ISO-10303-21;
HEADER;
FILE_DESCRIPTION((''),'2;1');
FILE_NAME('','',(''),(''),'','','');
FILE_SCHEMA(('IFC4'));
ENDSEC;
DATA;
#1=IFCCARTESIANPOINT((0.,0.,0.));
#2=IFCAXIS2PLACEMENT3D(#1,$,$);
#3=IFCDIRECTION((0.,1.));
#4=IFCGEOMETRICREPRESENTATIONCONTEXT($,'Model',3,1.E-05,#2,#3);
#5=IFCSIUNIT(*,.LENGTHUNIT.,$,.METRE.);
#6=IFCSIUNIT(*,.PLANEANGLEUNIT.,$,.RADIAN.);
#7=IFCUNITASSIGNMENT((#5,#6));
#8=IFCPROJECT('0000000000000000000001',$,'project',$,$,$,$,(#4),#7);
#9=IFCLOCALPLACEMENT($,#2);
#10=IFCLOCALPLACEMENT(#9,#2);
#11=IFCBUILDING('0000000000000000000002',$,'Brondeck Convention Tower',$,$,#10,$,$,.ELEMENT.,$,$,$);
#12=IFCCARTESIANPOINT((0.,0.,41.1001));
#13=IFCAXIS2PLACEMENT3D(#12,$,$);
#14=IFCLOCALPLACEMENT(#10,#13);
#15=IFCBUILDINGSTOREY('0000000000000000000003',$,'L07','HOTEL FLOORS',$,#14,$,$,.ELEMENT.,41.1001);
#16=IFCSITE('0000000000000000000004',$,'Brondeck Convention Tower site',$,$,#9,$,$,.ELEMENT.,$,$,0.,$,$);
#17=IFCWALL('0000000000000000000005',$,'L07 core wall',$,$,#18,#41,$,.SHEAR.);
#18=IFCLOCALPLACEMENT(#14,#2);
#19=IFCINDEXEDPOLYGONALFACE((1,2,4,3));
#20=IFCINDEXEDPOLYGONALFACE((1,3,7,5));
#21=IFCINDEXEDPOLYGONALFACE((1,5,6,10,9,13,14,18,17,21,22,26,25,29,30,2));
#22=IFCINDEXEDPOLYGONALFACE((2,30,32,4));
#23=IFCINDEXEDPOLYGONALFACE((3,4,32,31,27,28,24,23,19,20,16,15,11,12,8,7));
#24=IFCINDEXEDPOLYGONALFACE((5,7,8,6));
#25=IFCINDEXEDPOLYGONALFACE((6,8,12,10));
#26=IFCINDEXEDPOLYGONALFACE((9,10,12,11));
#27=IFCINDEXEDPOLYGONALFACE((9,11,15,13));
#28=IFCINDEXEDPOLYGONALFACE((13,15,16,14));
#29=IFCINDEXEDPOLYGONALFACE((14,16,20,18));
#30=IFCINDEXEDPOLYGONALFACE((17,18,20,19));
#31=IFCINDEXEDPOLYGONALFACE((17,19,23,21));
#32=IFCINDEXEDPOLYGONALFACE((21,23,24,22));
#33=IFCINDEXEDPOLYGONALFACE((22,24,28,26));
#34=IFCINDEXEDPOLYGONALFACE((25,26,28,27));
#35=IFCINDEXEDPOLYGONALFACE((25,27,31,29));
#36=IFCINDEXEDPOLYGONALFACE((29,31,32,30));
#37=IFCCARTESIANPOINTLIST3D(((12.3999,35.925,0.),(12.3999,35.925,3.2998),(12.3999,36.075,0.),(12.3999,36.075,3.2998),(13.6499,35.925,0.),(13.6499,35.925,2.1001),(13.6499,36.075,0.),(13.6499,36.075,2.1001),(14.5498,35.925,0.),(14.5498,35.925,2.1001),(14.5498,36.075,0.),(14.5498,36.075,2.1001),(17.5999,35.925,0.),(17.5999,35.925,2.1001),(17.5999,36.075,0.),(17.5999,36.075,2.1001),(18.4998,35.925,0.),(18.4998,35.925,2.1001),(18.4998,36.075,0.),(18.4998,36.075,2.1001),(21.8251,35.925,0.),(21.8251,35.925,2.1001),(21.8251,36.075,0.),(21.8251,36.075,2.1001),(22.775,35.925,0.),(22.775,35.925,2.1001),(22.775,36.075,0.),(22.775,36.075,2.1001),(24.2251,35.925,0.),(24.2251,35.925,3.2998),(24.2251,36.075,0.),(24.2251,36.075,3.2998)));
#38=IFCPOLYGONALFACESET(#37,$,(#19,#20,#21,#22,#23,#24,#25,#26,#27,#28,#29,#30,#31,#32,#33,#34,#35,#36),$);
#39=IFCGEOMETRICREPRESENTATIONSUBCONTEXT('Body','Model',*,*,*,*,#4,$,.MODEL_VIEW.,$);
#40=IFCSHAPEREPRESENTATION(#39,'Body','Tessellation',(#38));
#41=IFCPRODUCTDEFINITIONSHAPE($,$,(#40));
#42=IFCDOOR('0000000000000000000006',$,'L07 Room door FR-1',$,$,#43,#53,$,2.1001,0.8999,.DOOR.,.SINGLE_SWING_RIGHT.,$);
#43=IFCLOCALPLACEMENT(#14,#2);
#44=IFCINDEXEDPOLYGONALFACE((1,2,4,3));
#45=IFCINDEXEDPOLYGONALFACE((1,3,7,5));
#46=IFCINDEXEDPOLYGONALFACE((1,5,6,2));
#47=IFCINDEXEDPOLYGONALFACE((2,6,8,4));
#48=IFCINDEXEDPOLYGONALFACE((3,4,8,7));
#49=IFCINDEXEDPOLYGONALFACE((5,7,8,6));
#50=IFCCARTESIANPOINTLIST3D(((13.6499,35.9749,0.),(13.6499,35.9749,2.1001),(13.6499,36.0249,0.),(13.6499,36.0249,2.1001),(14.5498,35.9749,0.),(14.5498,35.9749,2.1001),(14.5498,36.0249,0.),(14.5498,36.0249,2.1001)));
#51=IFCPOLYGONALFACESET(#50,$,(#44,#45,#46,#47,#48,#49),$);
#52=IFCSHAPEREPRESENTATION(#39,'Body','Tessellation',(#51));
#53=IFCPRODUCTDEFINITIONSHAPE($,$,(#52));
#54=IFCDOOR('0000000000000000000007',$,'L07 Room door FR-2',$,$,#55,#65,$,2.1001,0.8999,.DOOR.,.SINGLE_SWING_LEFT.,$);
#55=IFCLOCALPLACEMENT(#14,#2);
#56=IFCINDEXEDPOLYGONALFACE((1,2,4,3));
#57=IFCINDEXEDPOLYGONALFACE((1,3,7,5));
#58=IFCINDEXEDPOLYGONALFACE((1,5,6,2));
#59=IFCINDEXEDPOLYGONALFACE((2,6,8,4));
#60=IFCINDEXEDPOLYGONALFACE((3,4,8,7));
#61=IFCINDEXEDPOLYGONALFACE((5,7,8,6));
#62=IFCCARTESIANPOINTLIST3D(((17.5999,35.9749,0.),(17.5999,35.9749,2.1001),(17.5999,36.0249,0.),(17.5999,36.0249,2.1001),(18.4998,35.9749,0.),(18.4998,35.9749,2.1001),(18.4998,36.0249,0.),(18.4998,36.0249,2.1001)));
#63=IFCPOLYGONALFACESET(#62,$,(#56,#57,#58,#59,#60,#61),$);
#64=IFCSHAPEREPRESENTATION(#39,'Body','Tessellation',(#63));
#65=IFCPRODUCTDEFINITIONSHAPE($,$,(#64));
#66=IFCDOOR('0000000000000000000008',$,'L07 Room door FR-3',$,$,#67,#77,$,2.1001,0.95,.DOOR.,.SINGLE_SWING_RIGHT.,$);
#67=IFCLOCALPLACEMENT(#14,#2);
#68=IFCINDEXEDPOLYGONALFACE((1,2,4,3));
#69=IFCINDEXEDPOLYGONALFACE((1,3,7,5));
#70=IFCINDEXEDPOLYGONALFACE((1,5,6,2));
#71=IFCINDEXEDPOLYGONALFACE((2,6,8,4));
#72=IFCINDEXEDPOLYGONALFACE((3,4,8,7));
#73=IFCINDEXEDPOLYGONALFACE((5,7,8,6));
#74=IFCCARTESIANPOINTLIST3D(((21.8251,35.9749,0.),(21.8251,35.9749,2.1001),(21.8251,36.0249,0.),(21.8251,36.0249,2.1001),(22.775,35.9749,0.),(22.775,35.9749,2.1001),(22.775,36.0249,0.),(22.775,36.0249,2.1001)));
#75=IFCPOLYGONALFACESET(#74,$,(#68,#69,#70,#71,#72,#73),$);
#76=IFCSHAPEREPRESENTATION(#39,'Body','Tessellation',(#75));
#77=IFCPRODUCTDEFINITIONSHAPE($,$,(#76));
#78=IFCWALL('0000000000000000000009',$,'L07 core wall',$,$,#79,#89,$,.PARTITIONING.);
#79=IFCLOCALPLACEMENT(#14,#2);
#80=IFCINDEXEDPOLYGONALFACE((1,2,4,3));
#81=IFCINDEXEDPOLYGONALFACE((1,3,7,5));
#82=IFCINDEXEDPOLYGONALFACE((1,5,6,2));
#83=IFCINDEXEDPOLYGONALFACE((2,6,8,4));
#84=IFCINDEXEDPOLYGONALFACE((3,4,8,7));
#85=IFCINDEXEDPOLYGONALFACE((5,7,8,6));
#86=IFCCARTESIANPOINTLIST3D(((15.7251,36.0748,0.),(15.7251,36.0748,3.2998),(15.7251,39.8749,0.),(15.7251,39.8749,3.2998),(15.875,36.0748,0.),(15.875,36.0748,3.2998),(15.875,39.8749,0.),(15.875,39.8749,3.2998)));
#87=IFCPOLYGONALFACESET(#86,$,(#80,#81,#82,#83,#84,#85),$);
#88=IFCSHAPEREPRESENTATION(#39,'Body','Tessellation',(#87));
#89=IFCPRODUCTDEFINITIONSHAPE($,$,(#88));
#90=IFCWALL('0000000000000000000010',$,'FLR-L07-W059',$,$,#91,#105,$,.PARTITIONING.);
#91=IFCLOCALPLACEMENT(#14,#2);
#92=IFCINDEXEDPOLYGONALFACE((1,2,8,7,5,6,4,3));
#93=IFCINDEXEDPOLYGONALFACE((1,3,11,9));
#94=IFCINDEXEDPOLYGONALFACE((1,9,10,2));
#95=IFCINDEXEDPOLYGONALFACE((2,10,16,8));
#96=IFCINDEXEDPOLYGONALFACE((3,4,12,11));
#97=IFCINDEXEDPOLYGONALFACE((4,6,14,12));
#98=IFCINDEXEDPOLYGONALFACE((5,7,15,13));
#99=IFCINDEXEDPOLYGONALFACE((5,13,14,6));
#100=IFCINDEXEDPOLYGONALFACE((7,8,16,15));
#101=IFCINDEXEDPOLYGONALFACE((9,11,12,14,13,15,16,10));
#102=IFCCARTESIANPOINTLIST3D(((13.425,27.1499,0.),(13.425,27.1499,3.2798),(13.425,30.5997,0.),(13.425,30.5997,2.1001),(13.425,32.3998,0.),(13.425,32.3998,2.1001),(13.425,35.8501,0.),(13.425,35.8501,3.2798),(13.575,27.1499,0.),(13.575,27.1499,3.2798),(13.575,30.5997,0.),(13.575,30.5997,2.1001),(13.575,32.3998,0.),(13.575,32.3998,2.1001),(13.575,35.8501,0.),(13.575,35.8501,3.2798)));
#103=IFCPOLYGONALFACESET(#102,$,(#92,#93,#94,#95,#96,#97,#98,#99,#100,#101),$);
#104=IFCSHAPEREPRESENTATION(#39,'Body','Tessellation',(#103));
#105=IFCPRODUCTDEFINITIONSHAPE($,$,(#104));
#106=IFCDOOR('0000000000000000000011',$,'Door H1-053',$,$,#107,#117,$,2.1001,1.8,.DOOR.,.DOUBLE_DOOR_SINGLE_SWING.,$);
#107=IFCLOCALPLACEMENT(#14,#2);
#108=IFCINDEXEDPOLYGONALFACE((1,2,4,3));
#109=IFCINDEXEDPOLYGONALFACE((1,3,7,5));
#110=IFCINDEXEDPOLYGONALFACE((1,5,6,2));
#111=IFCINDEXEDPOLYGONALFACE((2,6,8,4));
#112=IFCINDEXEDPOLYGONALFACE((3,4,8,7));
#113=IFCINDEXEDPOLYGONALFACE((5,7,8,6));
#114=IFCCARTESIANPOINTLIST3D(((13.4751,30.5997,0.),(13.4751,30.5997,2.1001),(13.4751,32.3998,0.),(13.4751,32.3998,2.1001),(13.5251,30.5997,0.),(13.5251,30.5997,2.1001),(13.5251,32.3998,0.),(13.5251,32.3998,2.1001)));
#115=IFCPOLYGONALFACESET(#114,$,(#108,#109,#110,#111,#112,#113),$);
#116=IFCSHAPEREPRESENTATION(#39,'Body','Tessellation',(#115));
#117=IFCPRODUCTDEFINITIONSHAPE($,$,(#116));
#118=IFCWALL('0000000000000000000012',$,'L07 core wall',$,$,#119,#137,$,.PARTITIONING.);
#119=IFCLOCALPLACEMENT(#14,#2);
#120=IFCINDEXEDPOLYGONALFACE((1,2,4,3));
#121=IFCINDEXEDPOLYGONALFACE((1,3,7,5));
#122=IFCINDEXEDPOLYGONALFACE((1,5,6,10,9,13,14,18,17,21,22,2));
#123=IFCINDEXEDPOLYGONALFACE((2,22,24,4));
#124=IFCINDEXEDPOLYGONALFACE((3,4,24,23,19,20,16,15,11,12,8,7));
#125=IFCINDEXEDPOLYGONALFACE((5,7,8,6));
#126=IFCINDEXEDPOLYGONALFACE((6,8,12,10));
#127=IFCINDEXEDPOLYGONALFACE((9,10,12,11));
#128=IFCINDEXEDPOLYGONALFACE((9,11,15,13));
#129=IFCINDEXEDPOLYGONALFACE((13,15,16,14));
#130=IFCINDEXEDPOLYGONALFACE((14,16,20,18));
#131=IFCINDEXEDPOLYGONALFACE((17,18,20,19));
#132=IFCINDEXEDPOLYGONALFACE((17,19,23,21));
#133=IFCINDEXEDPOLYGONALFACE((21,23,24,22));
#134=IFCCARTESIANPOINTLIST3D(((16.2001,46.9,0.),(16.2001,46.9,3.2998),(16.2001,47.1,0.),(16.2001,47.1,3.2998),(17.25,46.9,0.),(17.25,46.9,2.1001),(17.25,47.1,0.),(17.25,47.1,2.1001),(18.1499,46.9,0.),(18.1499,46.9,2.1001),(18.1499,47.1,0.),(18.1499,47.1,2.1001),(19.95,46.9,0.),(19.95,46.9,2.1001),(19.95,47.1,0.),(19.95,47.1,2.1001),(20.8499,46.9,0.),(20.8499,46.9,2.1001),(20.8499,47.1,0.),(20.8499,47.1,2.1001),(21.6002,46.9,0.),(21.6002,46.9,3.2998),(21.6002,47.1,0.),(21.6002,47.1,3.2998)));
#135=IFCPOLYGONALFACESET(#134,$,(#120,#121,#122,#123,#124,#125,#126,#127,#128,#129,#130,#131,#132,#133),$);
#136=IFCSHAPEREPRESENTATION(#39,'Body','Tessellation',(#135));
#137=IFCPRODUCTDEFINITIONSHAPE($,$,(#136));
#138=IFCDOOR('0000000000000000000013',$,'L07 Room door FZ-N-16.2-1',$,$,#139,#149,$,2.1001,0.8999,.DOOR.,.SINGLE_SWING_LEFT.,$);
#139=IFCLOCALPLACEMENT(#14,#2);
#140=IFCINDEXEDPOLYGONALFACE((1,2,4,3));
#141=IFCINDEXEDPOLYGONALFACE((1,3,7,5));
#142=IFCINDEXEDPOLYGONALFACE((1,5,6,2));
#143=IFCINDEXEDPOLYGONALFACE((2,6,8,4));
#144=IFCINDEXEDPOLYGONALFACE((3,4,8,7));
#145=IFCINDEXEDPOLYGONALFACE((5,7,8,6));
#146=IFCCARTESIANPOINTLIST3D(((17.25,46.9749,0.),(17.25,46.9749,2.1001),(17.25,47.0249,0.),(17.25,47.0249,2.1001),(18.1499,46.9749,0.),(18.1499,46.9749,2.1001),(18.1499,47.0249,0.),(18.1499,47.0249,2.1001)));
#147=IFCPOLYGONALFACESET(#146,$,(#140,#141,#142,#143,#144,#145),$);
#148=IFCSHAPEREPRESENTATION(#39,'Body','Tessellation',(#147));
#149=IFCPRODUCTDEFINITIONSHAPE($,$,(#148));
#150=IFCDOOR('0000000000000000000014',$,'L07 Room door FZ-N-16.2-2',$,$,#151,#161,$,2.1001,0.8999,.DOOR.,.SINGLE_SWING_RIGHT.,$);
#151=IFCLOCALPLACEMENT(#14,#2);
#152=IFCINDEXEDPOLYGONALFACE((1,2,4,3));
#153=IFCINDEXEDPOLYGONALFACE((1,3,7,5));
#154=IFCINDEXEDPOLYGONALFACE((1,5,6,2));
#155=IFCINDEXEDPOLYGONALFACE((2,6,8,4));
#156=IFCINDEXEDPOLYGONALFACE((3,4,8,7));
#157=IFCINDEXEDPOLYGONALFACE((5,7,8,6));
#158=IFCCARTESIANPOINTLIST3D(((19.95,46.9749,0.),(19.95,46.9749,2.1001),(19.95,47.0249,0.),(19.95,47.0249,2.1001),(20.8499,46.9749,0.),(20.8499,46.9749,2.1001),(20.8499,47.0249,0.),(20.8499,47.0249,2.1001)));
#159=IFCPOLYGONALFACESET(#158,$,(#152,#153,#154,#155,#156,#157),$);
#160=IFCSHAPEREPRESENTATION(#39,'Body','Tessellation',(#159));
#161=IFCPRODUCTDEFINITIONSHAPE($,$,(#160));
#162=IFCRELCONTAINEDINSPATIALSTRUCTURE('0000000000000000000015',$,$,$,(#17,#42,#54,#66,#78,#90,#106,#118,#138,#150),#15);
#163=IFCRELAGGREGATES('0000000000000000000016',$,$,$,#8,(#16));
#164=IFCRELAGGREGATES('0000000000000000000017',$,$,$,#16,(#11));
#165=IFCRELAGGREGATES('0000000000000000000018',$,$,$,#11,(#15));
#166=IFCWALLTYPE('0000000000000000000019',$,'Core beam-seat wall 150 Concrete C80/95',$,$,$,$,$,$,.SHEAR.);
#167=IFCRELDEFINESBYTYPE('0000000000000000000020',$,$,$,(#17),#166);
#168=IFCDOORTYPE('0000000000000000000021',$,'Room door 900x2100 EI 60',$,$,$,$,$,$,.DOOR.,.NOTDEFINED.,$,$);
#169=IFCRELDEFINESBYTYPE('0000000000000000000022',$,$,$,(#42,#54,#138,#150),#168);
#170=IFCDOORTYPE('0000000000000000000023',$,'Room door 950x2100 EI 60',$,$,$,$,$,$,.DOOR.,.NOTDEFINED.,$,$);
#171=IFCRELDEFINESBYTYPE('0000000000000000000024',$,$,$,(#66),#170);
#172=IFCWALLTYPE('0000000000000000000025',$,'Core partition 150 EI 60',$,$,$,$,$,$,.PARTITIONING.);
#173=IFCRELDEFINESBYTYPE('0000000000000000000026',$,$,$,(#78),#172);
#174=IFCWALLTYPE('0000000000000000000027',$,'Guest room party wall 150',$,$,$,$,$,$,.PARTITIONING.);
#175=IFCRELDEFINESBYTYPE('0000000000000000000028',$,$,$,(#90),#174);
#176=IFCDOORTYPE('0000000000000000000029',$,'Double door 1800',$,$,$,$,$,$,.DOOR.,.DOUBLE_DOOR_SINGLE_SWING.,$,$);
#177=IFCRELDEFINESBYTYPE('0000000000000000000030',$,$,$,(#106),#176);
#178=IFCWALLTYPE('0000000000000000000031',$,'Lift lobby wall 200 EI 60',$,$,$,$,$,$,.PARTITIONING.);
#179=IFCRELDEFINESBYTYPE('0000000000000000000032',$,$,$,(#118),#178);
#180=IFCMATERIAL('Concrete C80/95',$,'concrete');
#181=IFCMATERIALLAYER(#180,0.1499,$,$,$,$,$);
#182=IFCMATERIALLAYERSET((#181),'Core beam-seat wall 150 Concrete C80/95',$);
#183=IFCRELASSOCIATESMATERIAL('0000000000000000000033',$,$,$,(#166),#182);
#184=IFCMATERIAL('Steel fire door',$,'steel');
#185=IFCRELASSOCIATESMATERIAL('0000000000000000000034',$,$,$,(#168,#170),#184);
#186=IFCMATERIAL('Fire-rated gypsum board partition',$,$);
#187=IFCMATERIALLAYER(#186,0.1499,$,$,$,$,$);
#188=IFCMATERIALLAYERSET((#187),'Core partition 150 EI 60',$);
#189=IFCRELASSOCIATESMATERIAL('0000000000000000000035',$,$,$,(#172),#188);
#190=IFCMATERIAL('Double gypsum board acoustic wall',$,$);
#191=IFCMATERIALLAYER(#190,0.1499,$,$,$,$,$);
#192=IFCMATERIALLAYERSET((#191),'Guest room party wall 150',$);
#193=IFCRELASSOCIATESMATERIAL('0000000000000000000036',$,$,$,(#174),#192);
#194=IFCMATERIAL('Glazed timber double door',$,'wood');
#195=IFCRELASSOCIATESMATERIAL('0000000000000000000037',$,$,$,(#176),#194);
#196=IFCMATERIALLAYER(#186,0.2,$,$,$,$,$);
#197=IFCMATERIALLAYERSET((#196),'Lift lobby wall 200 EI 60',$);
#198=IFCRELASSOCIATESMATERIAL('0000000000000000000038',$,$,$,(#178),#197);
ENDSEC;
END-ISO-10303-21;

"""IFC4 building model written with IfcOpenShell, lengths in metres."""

from ifc_helpers import new_model, si_unit, direction, frame, frame_2d, origin, place, context, subcontext, project, spatial, rectangle, extrude, material, layer, layer_set, type_object, element, fill, save


model = new_model("IFC4")

# Units and contexts
model_context = context("Model", 3, precision=1e-05, world=origin(), true_north=direction((0.0, 1.0)))
body_context = subcontext(model_context, "Body", "Model", "MODEL_VIEW")
ifc_project = project(units=[si_unit("LENGTHUNIT", "METRE"), si_unit("PLANEANGLEUNIT", "RADIAN")], contexts=[model_context])

# Site, building, storey
site_placement = place(None, origin())
site = spatial("IfcSite", under=ifc_project, at=site_placement, Name="Brondeck Convention Tower site", CompositionType="ELEMENT", RefElevation=0.0)
building_placement = place(site_placement, origin())
building = spatial("IfcBuilding", under=site, at=building_placement, Name="Brondeck Convention Tower", CompositionType="ELEMENT")
storey_placement = place(building_placement, frame((0.0, 0.0, 41.1001)))
storey = spatial("IfcBuildingStorey", under=building, at=storey_placement, Name="L07", Description="HOTEL FLOORS", CompositionType="ELEMENT", Elevation=41.1001)

# Shared definitions
ifc_material_1 = material(Name="Concrete C80/95", Category="concrete")

# Wall, openings, doors
ifc_layer_1 = layer(ifc_material_1, 0.1499)
ifc_layer_set_1 = layer_set([ifc_layer_1], Name="Core beam-seat wall 150 Concrete C80/95")
wall_type_1 = type_object("IfcWallType", Name="Core beam-seat wall 150 Concrete C80/95", PredefinedType="SHEAR", material=ifc_layer_set_1)
wall_1_placement = place(storey_placement, frame((12.3999, 36.0, 0.0), z_axis=(0.0, 0.0, 1.0), x_axis=(1.0, 0.0, 0.0)))
wall_1 = element("IfcWall", 1, at=wall_1_placement, inside=storey, type_object=wall_type_1, Name="L07 core wall", PredefinedType="SHEAR", context=body_context, shape_type="SweptSolid", body=[
    extrude(rectangle(XDim=11.8252, YDim=0.1499, at=frame_2d((5.9126, 0.0))), origin(), (0.0, 0.0, 1.0), 3.2998),
])
opening_1_placement = place(wall_1_placement, frame((1.25, 0.0, 0.0)))
opening_1 = element("IfcOpeningElement", 2, at=opening_1_placement, cuts=wall_1, PredefinedType="OPENING", context=body_context, shape_type="SweptSolid", body=[
    extrude(rectangle(XDim=0.8999, YDim=2.1001, at=frame_2d((0.45, 1.05))), frame((0.0, 0.085, 0.0), z_axis=(0.0, -1.0, 0.0), x_axis=(1.0, 0.0, 0.0)), (0.0, 0.0, 1.0), 0.1699),
])
opening_2_placement = place(wall_1_placement, frame((5.2, 0.0, 0.0)))
opening_2 = element("IfcOpeningElement", 3, at=opening_2_placement, cuts=wall_1, PredefinedType="OPENING", context=body_context, shape_type="SweptSolid", body=[
    extrude(rectangle(XDim=0.8999, YDim=2.1001, at=frame_2d((0.45, 1.05))), frame((0.0, 0.085, 0.0), z_axis=(0.0, -1.0, 0.0), x_axis=(1.0, 0.0, 0.0)), (0.0, 0.0, 1.0), 0.1699),
])
opening_3_placement = place(wall_1_placement, frame((9.425, 0.0, 0.0)))
opening_3 = element("IfcOpeningElement", 4, at=opening_3_placement, cuts=wall_1, PredefinedType="OPENING", context=body_context, shape_type="SweptSolid", body=[
    extrude(rectangle(XDim=0.95, YDim=2.1001, at=frame_2d((0.4751, 1.05))), frame((0.0, 0.085, 0.0), z_axis=(0.0, -1.0, 0.0), x_axis=(1.0, 0.0, 0.0)), (0.0, 0.0, 1.0), 0.1699),
])
ifc_material_2 = material(Name="Steel fire door", Category="steel")
door_type_1 = type_object("IfcDoorType", Name="Room door 900x2100 EI 60", OperationType="NOTDEFINED", PredefinedType="DOOR", material=ifc_material_2)
door_1_placement = place(opening_1_placement, origin())
door_1 = element("IfcDoor", 5, at=door_1_placement, inside=storey, type_object=door_type_1, Name="L07 Room door FR-1", OperationType="SINGLE_SWING_RIGHT", OverallHeight=2.1001, OverallWidth=0.8999, PredefinedType="DOOR", context=body_context, shape_type="SweptSolid", body=[
    extrude(rectangle(XDim=0.8999, YDim=2.1001, at=frame_2d((0.45, 1.05))), frame((0.0, 0.0249, 0.0), z_axis=(0.0, -1.0, 0.0), x_axis=(1.0, 0.0, 0.0)), (0.0, 0.0, 1.0), 0.05),
])
fill(opening_1, door_1)
door_2_placement = place(opening_2_placement, origin())
door_2 = element("IfcDoor", 6, at=door_2_placement, inside=storey, type_object=door_type_1, Name="L07 Room door FR-2", OperationType="SINGLE_SWING_LEFT", OverallHeight=2.1001, OverallWidth=0.8999, PredefinedType="DOOR", context=body_context, shape_type="SweptSolid", body=[
    extrude(rectangle(XDim=0.8999, YDim=2.1001, at=frame_2d((0.45, 1.05))), frame((0.0, 0.0249, 0.0), z_axis=(0.0, -1.0, 0.0), x_axis=(1.0, 0.0, 0.0)), (0.0, 0.0, 1.0), 0.05),
])
fill(opening_2, door_2)
door_type_2 = type_object("IfcDoorType", Name="Room door 950x2100 EI 60", OperationType="NOTDEFINED", PredefinedType="DOOR", material=ifc_material_2)
door_3_placement = place(opening_3_placement, origin())
door_3 = element("IfcDoor", 7, at=door_3_placement, inside=storey, type_object=door_type_2, Name="L07 Room door FR-3", OperationType="SINGLE_SWING_RIGHT", OverallHeight=2.1001, OverallWidth=0.95, PredefinedType="DOOR", context=body_context, shape_type="SweptSolid", body=[
    extrude(rectangle(XDim=0.95, YDim=2.1001, at=frame_2d((0.4751, 1.05))), frame((0.0, 0.0249, 0.0), z_axis=(0.0, -1.0, 0.0), x_axis=(1.0, 0.0, 0.0)), (0.0, 0.0, 1.0), 0.05),
])
fill(opening_3, door_3)

# Wall
ifc_material_3 = material(Name="Fire-rated gypsum board partition")
ifc_layer_2 = layer(ifc_material_3, 0.1499)
ifc_layer_set_2 = layer_set([ifc_layer_2], Name="Core partition 150 EI 60")
wall_type_2 = type_object("IfcWallType", Name="Core partition 150 EI 60", PredefinedType="PARTITIONING", material=ifc_layer_set_2)
wall_2_placement = place(storey_placement, frame((15.8, 36.075, 0.0), z_axis=(0.0, 0.0, 1.0), x_axis=(0.0, 1.0, 0.0)))
element("IfcWall", 8, at=wall_2_placement, inside=storey, type_object=wall_type_2, Name="L07 core wall", PredefinedType="PARTITIONING", context=body_context, shape_type="SweptSolid", body=[
    extrude(rectangle(XDim=3.8, YDim=0.1499, at=frame_2d((1.8999, 0.0))), origin(), (0.0, 0.0, 1.0), 3.2998),
])

# Wall, opening, door
ifc_material_4 = material(Name="Double gypsum board acoustic wall")
ifc_layer_3 = layer(ifc_material_4, 0.1499)
ifc_layer_set_3 = layer_set([ifc_layer_3], Name="Guest room party wall 150")
wall_type_3 = type_object("IfcWallType", Name="Guest room party wall 150", PredefinedType="PARTITIONING", material=ifc_layer_set_3)
wall_3_placement = place(storey_placement, frame((13.5, 27.1499, 0.0), z_axis=(0.0, 0.0, 1.0), x_axis=(0.0, 1.0, 0.0)))
wall_3 = element("IfcWall", 9, at=wall_3_placement, inside=storey, type_object=wall_type_3, Name="FLR-L07-W059", PredefinedType="PARTITIONING", context=body_context, shape_type="SweptSolid", body=[
    extrude(rectangle(XDim=8.7002, YDim=0.1499, at=frame_2d((4.3501, 0.0))), origin(), (0.0, 0.0, 1.0), 3.2798),
])
opening_4_placement = place(wall_3_placement, frame((3.45, 0.0, 0.0)))
opening_4 = element("IfcOpeningElement", 10, at=opening_4_placement, cuts=wall_3, PredefinedType="OPENING", context=body_context, shape_type="SweptSolid", body=[
    extrude(rectangle(XDim=1.8, YDim=2.1001, at=frame_2d((0.8999, 1.05))), frame((0.0, 0.085, 0.0), z_axis=(0.0, -1.0, 0.0), x_axis=(1.0, 0.0, 0.0)), (0.0, 0.0, 1.0), 0.1699),
])
ifc_material_5 = material(Name="Glazed timber double door", Category="wood")
door_type_3 = type_object("IfcDoorType", Name="Double door 1800", OperationType="DOUBLE_DOOR_SINGLE_SWING", PredefinedType="DOOR", material=ifc_material_5)
door_4_placement = place(opening_4_placement, origin())
door_4 = element("IfcDoor", 11, at=door_4_placement, inside=storey, type_object=door_type_3, Name="Door H1-053", OperationType="DOUBLE_DOOR_SINGLE_SWING", OverallHeight=2.1001, OverallWidth=1.8, PredefinedType="DOOR", context=body_context, shape_type="SweptSolid", body=[
    extrude(rectangle(XDim=1.8, YDim=2.1001, at=frame_2d((0.8999, 1.05))), frame((0.0, 0.0249, 0.0), z_axis=(0.0, -1.0, 0.0), x_axis=(1.0, 0.0, 0.0)), (0.0, 0.0, 1.0), 0.05),
])
fill(opening_4, door_4)

# Wall, openings, doors
ifc_layer_4 = layer(ifc_material_3, 0.2)
ifc_layer_set_4 = layer_set([ifc_layer_4], Name="Lift lobby wall 200 EI 60")
wall_type_4 = type_object("IfcWallType", Name="Lift lobby wall 200 EI 60", PredefinedType="PARTITIONING", material=ifc_layer_set_4)
wall_4_placement = place(storey_placement, frame((16.2, 47.0, 0.0), z_axis=(0.0, 0.0, 1.0), x_axis=(1.0, 0.0, 0.0)))
wall_4 = element("IfcWall", 12, at=wall_4_placement, inside=storey, type_object=wall_type_4, Name="L07 core wall", PredefinedType="PARTITIONING", context=body_context, shape_type="SweptSolid", body=[
    extrude(rectangle(XDim=5.4001, YDim=0.2, at=frame_2d((2.7002, 0.0))), origin(), (0.0, 0.0, 1.0), 3.2998),
])
opening_5_placement = place(wall_4_placement, frame((1.05, 0.0, 0.0)))
opening_5 = element("IfcOpeningElement", 13, at=opening_5_placement, cuts=wall_4, PredefinedType="OPENING", context=body_context, shape_type="SweptSolid", body=[
    extrude(rectangle(XDim=0.8999, YDim=2.1001, at=frame_2d((0.45, 1.05))), frame((0.0, 0.1099, 0.0), z_axis=(0.0, -1.0, 0.0), x_axis=(1.0, 0.0, 0.0)), (0.0, 0.0, 1.0), 0.22),
])
opening_6_placement = place(wall_4_placement, frame((3.75, 0.0, 0.0)))
opening_6 = element("IfcOpeningElement", 14, at=opening_6_placement, cuts=wall_4, PredefinedType="OPENING", context=body_context, shape_type="SweptSolid", body=[
    extrude(rectangle(XDim=0.8999, YDim=2.1001, at=frame_2d((0.45, 1.05))), frame((0.0, 0.1099, 0.0), z_axis=(0.0, -1.0, 0.0), x_axis=(1.0, 0.0, 0.0)), (0.0, 0.0, 1.0), 0.22),
])
door_5_placement = place(opening_5_placement, origin())
door_5 = element("IfcDoor", 15, at=door_5_placement, inside=storey, type_object=door_type_1, Name="L07 Room door FZ-N-16.2-1", OperationType="SINGLE_SWING_LEFT", OverallHeight=2.1001, OverallWidth=0.8999, PredefinedType="DOOR", context=body_context, shape_type="SweptSolid", body=[
    extrude(rectangle(XDim=0.8999, YDim=2.1001, at=frame_2d((0.45, 1.05))), frame((0.0, 0.0249, 0.0), z_axis=(0.0, -1.0, 0.0), x_axis=(1.0, 0.0, 0.0)), (0.0, 0.0, 1.0), 0.05),
])
fill(opening_5, door_5)
door_6_placement = place(opening_6_placement, origin())
door_6 = element("IfcDoor", 16, at=door_6_placement, inside=storey, type_object=door_type_1, Name="L07 Room door FZ-N-16.2-2", OperationType="SINGLE_SWING_RIGHT", OverallHeight=2.1001, OverallWidth=0.8999, PredefinedType="DOOR", context=body_context, shape_type="SweptSolid", body=[
    extrude(rectangle(XDim=0.8999, YDim=2.1001, at=frame_2d((0.45, 1.05))), frame((0.0, 0.0249, 0.0), z_axis=(0.0, -1.0, 0.0), x_axis=(1.0, 0.0, 0.0)), (0.0, 0.0, 1.0), 0.05),
])
fill(opening_6, door_6)

save(model, "model.ifc")
